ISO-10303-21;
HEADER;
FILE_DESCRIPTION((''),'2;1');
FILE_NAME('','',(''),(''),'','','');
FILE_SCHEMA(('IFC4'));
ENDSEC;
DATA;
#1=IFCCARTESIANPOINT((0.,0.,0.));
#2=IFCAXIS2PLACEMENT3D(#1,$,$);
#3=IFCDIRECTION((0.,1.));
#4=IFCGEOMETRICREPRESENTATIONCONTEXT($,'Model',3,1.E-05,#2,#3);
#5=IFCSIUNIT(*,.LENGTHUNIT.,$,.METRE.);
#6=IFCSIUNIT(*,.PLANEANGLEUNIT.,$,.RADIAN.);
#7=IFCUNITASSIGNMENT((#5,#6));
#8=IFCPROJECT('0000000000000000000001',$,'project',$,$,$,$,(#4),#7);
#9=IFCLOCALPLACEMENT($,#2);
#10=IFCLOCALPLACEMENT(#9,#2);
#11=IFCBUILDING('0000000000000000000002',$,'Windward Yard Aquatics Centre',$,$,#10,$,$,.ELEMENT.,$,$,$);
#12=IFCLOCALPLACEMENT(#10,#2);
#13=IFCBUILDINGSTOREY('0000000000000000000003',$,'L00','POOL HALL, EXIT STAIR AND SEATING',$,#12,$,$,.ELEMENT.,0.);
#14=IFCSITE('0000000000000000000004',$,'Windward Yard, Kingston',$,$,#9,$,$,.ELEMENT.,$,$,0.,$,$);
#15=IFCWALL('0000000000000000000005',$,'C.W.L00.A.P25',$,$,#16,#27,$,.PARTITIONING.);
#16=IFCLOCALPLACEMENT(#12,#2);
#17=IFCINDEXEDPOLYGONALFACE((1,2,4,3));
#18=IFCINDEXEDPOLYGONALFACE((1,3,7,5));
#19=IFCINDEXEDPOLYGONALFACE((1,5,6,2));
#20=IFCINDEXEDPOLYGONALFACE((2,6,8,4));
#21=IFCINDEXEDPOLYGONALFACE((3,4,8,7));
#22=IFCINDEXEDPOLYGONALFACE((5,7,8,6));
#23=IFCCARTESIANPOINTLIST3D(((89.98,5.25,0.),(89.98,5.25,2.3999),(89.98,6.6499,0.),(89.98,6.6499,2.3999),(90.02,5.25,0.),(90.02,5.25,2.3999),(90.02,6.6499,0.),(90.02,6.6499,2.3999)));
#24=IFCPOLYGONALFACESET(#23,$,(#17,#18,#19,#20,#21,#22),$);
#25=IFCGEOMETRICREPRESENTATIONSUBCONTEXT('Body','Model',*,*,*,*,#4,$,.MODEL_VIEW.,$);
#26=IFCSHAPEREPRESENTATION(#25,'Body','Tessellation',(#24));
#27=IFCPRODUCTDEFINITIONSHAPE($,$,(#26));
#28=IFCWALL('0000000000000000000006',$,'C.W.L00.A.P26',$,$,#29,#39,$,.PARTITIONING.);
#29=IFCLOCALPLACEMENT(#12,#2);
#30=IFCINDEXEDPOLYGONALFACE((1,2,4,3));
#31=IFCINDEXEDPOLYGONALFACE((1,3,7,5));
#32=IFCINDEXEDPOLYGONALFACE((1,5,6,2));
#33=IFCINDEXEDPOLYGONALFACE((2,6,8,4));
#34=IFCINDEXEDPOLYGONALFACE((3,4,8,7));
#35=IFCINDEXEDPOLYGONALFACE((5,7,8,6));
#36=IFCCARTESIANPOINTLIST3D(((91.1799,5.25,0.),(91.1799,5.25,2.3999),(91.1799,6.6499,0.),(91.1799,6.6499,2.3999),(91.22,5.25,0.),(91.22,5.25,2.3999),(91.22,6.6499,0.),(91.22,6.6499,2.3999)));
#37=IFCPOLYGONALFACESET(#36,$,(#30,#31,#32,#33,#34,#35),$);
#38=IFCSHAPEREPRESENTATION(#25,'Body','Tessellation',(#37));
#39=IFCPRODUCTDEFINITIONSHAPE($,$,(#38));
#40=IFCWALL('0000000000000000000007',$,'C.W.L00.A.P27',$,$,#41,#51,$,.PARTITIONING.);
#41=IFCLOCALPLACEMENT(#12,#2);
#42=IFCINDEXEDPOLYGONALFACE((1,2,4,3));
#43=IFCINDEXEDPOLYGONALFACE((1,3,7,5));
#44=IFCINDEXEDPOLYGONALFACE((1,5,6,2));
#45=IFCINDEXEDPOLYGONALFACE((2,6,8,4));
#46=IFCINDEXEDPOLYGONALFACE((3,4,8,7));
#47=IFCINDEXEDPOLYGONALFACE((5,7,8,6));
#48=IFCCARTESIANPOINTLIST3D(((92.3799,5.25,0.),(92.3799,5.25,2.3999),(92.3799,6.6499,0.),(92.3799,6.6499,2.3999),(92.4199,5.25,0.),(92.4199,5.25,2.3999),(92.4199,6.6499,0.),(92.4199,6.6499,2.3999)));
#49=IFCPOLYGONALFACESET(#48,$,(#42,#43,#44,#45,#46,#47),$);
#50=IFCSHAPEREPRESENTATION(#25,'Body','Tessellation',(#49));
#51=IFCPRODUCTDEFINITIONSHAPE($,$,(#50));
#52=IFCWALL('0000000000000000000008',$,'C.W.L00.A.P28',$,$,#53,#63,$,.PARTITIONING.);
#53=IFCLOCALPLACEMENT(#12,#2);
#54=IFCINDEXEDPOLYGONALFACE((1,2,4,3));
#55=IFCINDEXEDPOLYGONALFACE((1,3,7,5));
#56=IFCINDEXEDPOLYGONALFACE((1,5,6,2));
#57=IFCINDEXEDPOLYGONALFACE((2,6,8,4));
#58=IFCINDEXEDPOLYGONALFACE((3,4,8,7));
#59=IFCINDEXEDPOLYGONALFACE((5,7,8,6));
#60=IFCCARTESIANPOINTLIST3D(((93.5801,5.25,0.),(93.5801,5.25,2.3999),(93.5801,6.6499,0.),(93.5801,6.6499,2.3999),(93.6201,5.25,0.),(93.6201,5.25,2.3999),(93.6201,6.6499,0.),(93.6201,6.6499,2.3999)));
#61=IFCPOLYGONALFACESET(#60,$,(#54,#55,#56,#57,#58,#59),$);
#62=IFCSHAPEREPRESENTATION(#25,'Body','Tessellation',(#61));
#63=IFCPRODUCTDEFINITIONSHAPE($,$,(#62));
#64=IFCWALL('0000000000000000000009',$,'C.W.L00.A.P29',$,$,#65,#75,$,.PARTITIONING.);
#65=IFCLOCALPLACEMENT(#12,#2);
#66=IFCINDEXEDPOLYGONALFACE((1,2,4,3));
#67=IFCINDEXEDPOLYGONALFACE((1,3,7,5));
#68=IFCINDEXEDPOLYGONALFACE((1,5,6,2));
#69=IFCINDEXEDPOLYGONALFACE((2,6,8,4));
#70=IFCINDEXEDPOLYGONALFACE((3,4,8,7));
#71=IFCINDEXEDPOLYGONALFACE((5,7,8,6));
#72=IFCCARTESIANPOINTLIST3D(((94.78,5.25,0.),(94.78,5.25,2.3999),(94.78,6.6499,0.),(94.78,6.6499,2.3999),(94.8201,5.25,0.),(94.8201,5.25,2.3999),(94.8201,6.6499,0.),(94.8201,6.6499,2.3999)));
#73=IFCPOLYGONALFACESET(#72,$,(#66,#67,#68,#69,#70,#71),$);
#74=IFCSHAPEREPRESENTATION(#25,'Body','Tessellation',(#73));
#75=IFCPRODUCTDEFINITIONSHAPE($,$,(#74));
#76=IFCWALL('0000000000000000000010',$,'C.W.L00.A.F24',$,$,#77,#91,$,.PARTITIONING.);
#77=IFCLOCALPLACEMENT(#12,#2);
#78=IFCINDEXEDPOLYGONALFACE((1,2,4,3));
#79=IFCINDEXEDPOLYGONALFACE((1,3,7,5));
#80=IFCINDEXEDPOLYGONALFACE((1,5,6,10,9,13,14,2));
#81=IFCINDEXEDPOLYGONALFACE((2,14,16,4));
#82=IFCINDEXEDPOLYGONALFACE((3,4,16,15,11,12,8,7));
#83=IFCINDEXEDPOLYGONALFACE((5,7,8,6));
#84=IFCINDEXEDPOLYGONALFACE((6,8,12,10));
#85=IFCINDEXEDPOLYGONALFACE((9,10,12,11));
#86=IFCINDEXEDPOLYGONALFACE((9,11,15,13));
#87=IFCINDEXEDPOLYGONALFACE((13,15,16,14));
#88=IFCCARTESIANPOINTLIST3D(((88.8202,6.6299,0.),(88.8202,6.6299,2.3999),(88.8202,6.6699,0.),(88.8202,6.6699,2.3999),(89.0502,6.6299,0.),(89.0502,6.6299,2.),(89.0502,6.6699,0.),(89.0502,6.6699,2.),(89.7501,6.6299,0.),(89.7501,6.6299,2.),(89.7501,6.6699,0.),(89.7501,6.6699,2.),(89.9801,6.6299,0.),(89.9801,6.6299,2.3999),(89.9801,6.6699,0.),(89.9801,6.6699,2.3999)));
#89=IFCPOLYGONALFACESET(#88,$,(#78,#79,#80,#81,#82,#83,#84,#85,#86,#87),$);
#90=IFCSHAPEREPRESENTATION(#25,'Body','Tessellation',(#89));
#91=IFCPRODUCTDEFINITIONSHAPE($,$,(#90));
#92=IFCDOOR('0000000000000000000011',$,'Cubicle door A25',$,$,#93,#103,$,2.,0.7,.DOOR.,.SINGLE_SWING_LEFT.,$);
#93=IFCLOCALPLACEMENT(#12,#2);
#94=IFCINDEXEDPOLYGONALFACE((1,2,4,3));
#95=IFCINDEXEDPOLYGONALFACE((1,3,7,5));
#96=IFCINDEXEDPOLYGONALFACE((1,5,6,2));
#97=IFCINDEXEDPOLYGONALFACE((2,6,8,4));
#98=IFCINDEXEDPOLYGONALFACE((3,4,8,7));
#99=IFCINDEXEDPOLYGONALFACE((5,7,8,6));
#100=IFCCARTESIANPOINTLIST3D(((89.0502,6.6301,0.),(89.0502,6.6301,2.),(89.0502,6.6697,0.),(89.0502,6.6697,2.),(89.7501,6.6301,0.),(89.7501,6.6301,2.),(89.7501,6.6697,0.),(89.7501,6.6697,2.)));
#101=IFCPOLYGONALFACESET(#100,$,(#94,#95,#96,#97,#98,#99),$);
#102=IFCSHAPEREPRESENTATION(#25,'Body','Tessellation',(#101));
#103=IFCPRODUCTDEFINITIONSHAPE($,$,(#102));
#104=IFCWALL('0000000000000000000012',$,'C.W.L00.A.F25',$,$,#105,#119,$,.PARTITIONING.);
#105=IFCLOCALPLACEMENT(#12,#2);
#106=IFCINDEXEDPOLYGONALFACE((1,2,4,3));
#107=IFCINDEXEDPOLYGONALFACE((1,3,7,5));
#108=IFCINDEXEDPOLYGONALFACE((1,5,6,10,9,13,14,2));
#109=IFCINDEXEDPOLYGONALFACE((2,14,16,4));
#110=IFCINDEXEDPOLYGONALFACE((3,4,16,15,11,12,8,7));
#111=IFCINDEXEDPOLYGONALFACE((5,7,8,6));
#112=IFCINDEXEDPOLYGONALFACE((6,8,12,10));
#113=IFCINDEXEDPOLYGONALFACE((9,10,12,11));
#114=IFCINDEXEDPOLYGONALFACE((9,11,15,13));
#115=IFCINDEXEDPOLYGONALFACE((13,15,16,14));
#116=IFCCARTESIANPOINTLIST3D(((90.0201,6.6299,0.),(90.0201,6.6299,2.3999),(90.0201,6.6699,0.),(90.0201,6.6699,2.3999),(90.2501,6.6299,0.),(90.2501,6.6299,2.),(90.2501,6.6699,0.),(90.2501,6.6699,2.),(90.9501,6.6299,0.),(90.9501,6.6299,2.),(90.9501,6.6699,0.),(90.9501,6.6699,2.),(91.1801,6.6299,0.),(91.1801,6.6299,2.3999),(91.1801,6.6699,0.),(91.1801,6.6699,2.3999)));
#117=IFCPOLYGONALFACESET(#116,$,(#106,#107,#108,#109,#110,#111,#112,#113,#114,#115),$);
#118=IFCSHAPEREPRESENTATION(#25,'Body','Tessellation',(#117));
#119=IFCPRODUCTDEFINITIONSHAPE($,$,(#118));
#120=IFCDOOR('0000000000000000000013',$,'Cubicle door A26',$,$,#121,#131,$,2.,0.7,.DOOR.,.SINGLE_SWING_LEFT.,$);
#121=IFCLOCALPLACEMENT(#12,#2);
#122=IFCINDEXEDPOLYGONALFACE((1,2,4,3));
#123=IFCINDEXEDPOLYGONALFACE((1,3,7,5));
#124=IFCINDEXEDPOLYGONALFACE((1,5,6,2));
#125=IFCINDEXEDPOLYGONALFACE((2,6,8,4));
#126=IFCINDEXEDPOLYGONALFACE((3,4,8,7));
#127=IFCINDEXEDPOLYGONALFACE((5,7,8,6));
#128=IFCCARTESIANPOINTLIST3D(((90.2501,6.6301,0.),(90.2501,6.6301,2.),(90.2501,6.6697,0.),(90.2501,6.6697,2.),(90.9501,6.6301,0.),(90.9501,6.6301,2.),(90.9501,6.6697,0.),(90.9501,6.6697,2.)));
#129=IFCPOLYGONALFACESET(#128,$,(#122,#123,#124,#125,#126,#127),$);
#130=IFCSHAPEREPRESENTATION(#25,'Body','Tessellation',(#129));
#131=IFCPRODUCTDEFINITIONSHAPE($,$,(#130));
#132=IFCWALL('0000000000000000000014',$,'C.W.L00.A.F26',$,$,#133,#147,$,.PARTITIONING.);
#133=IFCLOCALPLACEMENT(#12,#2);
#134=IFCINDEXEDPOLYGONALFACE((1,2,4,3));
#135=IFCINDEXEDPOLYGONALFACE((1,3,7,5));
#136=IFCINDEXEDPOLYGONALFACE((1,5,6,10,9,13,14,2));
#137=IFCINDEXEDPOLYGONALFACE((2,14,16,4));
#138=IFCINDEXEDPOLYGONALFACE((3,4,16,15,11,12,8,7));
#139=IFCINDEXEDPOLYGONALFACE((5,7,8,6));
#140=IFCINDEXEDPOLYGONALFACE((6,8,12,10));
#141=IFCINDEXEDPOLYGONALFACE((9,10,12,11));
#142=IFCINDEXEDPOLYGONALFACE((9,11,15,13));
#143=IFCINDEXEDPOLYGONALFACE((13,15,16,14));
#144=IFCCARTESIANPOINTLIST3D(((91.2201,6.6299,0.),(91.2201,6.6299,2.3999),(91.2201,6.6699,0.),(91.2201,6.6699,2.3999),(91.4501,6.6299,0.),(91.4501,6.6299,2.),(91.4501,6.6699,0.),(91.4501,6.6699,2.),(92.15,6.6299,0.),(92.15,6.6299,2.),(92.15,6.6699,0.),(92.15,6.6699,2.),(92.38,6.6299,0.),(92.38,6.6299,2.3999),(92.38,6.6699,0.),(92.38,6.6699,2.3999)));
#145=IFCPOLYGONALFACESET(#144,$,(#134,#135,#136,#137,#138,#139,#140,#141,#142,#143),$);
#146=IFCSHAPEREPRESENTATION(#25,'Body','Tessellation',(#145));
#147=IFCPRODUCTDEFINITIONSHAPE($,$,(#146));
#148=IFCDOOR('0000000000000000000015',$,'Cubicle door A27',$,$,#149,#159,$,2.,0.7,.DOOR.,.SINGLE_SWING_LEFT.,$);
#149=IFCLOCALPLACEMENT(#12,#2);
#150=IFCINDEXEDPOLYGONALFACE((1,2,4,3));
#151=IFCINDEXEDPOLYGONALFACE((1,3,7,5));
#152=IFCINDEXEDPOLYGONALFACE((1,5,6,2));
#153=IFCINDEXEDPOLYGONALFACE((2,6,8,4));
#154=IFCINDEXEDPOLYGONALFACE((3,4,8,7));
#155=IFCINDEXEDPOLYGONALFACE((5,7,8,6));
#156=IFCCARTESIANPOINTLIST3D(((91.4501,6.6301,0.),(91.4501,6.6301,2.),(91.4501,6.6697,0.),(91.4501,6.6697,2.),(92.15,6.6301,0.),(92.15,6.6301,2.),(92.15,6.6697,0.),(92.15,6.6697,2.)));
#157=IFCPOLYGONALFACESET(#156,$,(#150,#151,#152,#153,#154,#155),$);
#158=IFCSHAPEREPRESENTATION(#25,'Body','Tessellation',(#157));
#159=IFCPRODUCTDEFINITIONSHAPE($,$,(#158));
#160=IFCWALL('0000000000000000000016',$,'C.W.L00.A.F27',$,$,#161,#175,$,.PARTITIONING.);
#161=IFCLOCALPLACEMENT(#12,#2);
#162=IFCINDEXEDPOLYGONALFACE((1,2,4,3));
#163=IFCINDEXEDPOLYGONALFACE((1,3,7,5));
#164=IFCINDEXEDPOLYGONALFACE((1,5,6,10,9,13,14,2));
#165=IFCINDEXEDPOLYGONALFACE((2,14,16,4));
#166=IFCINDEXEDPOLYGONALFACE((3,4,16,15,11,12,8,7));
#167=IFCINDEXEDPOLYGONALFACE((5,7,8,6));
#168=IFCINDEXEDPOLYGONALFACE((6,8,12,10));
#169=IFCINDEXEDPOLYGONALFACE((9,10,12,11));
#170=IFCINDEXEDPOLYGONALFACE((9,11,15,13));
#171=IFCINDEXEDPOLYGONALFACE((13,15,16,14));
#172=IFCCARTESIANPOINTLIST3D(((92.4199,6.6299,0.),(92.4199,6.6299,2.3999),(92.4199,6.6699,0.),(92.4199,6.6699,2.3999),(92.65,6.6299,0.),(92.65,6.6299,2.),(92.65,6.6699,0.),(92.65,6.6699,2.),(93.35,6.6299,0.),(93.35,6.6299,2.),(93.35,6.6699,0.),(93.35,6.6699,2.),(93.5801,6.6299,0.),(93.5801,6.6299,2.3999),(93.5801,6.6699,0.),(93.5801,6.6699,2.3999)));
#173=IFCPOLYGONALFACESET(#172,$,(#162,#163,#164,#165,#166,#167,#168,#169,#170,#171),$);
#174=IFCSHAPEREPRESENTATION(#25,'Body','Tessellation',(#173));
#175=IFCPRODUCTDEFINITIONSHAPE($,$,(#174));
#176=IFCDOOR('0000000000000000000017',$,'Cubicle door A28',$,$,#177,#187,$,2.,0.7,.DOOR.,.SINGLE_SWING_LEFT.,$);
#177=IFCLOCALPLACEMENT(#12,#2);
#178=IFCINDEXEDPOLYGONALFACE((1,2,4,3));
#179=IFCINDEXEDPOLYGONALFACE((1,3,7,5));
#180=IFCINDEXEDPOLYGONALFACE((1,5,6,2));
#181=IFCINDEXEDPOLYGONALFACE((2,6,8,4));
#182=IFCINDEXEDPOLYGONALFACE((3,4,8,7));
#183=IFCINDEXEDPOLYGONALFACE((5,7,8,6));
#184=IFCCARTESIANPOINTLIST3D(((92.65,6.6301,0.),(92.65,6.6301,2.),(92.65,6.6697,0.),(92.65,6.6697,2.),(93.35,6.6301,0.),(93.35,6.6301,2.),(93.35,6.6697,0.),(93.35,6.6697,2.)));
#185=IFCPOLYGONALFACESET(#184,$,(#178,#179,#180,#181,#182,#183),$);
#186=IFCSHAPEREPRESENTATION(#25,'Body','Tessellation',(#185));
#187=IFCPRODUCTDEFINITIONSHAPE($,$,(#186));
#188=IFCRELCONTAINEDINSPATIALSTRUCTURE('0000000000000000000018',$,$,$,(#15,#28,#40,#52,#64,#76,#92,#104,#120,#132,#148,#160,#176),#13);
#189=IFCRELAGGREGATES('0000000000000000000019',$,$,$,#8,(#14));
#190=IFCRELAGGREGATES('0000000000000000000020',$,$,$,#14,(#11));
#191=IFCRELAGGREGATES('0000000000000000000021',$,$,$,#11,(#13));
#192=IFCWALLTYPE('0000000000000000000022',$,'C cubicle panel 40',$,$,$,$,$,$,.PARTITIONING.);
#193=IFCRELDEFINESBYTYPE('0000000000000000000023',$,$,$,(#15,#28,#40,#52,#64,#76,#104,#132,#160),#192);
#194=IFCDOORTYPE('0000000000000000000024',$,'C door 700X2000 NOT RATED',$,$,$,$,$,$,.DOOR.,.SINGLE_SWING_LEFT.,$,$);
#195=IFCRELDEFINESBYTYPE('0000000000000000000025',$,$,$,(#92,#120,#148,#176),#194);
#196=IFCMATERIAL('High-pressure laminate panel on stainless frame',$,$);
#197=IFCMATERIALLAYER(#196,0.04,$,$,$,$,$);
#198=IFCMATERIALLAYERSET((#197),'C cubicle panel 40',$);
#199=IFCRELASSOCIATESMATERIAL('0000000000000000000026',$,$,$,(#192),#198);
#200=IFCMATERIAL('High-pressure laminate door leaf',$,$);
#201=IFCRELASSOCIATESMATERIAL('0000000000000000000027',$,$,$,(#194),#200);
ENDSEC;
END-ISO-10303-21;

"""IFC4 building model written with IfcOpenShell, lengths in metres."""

from ifc_helpers import new_model, si_unit, direction, frame, frame_2d, origin, place, context, subcontext, project, spatial, rectangle, extrude, material, layer, layer_set, type_object, element, fill, save


model = new_model("IFC4")

# Units and contexts
model_context = context("Model", 3, precision=1e-05, world=origin(), true_north=direction((0.0, 1.0)))
body_context = subcontext(model_context, "Body", "Model", "MODEL_VIEW")
ifc_project = project(units=[si_unit("LENGTHUNIT", "METRE"), si_unit("PLANEANGLEUNIT", "RADIAN")], contexts=[model_context])

# Site, building, storey
site_placement = place(None, origin())
site = spatial("IfcSite", under=ifc_project, at=site_placement, Name="Windward Yard, Kingston", CompositionType="ELEMENT", RefElevation=0.0)
building_placement = place(site_placement, origin())
building = spatial("IfcBuilding", under=site, at=building_placement, Name="Windward Yard Aquatics Centre", CompositionType="ELEMENT")
storey_placement = place(building_placement, origin())
storey = spatial("IfcBuildingStorey", under=building, at=storey_placement, Name="L00", Description="POOL HALL, EXIT STAIR AND SEATING", CompositionType="ELEMENT", Elevation=0.0)

# Walls
ifc_material_1 = material(Name="High-pressure laminate panel on stainless frame")
ifc_layer = layer(ifc_material_1, 0.04)
ifc_layer_set = layer_set([ifc_layer], Name="C cubicle panel 40")
wall_type = type_object("IfcWallType", Name="C cubicle panel 40", PredefinedType="PARTITIONING", material=ifc_layer_set)
for number, where, z_axis, x_axis, name in (
    (1, (90.0, 5.25, 0.0), (0.0, 0.0, 1.0), (0.0, 1.0, 0.0), "C.W.L00.A.P25"),
    (2, (91.2, 5.25, 0.0), (0.0, 0.0, 1.0), (0.0, 1.0, 0.0), "C.W.L00.A.P26"),
    (3, (92.3999, 5.25, 0.0), (0.0, 0.0, 1.0), (0.0, 1.0, 0.0), "C.W.L00.A.P27"),
    (4, (93.6001, 5.25, 0.0), (0.0, 0.0, 1.0), (0.0, 1.0, 0.0), "C.W.L00.A.P28"),
    (5, (94.8, 5.25, 0.0), (0.0, 0.0, 1.0), (0.0, 1.0, 0.0), "C.W.L00.A.P29"),
):
    element("IfcWall", number, at=place(storey_placement, frame(where, z_axis=z_axis, x_axis=x_axis)), inside=storey, type_object=wall_type, Name=name, PredefinedType="PARTITIONING", context=body_context, shape_type="SweptSolid", body=[
        extrude(rectangle(XDim=1.3999, YDim=0.04, at=frame_2d((0.7, 0.0))), origin(), (0.0, 0.0, 1.0), 2.3999),
    ])

# Walls, openings, doors
wall_1_placement = place(storey_placement, frame((88.8201, 6.6499, 0.0), z_axis=(0.0, 0.0, 1.0), x_axis=(1.0, 0.0, 0.0)))
wall_1 = element("IfcWall", 6, at=wall_1_placement, inside=storey, type_object=wall_type, Name="C.W.L00.A.F24", PredefinedType="PARTITIONING", context=body_context, shape_type="SweptSolid", body=[
    extrude(rectangle(XDim=1.1599, YDim=0.04, at=frame_2d((0.5801, 0.0))), origin(), (0.0, 0.0, 1.0), 2.3999),
])
opening_1_placement = place(wall_1_placement, frame((0.23, 0.0, 0.0)))
opening_1 = element("IfcOpeningElement", 7, at=opening_1_placement, cuts=wall_1, PredefinedType="OPENING", context=body_context, shape_type="SweptSolid", body=[
    extrude(rectangle(XDim=0.7, YDim=2.0, at=frame_2d((0.3501, 1.0))), frame((0.0, 0.03, 0.0), z_axis=(0.0, -1.0, 0.0), x_axis=(1.0, 0.0, 0.0)), (0.0, 0.0, 1.0), 0.0601),
])
ifc_material_2 = material(Name="High-pressure laminate door leaf")
door_type = type_object("IfcDoorType", Name="C door 700X2000 NOT RATED", OperationType="SINGLE_SWING_LEFT", PredefinedType="DOOR", material=ifc_material_2)
door_1_placement = place(opening_1_placement, origin())
door_1 = element("IfcDoor", 8, at=door_1_placement, inside=storey, type_object=door_type, Name="Cubicle door A25", OperationType="SINGLE_SWING_LEFT", OverallHeight=2.0, OverallWidth=0.7, PredefinedType="DOOR", context=body_context, shape_type="SweptSolid", body=[
    extrude(rectangle(XDim=0.7, YDim=2.0, at=frame_2d((0.3501, 1.0))), frame((0.0, 0.0198, 0.0), z_axis=(0.0, -1.0, 0.0), x_axis=(1.0, 0.0, 0.0)), (0.0, 0.0, 1.0), 0.0396),
])
fill(opening_1, door_1)
wall_2_placement = place(storey_placement, frame((90.02, 6.6499, 0.0), z_axis=(0.0, 0.0, 1.0), x_axis=(1.0, 0.0, 0.0)))
wall_2 = element("IfcWall", 9, at=wall_2_placement, inside=storey, type_object=wall_type, Name="C.W.L00.A.F25", PredefinedType="PARTITIONING", context=body_context, shape_type="SweptSolid", body=[
    extrude(rectangle(XDim=1.1599, YDim=0.04, at=frame_2d((0.5801, 0.0))), origin(), (0.0, 0.0, 1.0), 2.3999),
])
opening_2_placement = place(wall_2_placement, frame((0.23, 0.0, 0.0)))
opening_2 = element("IfcOpeningElement", 10, at=opening_2_placement, cuts=wall_2, PredefinedType="OPENING", context=body_context, shape_type="SweptSolid", body=[
    extrude(rectangle(XDim=0.7, YDim=2.0, at=frame_2d((0.3501, 1.0))), frame((0.0, 0.03, 0.0), z_axis=(0.0, -1.0, 0.0), x_axis=(1.0, 0.0, 0.0)), (0.0, 0.0, 1.0), 0.0601),
])
door_2_placement = place(opening_2_placement, origin())
door_2 = element("IfcDoor", 11, at=door_2_placement, inside=storey, type_object=door_type, Name="Cubicle door A26", OperationType="SINGLE_SWING_LEFT", OverallHeight=2.0, OverallWidth=0.7, PredefinedType="DOOR", context=body_context, shape_type="SweptSolid", body=[
    extrude(rectangle(XDim=0.7, YDim=2.0, at=frame_2d((0.3501, 1.0))), frame((0.0, 0.0198, 0.0), z_axis=(0.0, -1.0, 0.0), x_axis=(1.0, 0.0, 0.0)), (0.0, 0.0, 1.0), 0.0396),
])
fill(opening_2, door_2)
wall_3_placement = place(storey_placement, frame((91.22, 6.6499, 0.0), z_axis=(0.0, 0.0, 1.0), x_axis=(1.0, 0.0, 0.0)))
wall_3 = element("IfcWall", 12, at=wall_3_placement, inside=storey, type_object=wall_type, Name="C.W.L00.A.F26", PredefinedType="PARTITIONING", context=body_context, shape_type="SweptSolid", body=[
    extrude(rectangle(XDim=1.1599, YDim=0.04, at=frame_2d((0.5801, 0.0))), origin(), (0.0, 0.0, 1.0), 2.3999),
])
opening_3_placement = place(wall_3_placement, frame((0.23, 0.0, 0.0)))
opening_3 = element("IfcOpeningElement", 13, at=opening_3_placement, cuts=wall_3, PredefinedType="OPENING", context=body_context, shape_type="SweptSolid", body=[
    extrude(rectangle(XDim=0.7, YDim=2.0, at=frame_2d((0.3501, 1.0))), frame((0.0, 0.03, 0.0), z_axis=(0.0, -1.0, 0.0), x_axis=(1.0, 0.0, 0.0)), (0.0, 0.0, 1.0), 0.0601),
])
door_3_placement = place(opening_3_placement, origin())
door_3 = element("IfcDoor", 14, at=door_3_placement, inside=storey, type_object=door_type, Name="Cubicle door A27", OperationType="SINGLE_SWING_LEFT", OverallHeight=2.0, OverallWidth=0.7, PredefinedType="DOOR", context=body_context, shape_type="SweptSolid", body=[
    extrude(rectangle(XDim=0.7, YDim=2.0, at=frame_2d((0.3501, 1.0))), frame((0.0, 0.0198, 0.0), z_axis=(0.0, -1.0, 0.0), x_axis=(1.0, 0.0, 0.0)), (0.0, 0.0, 1.0), 0.0396),
])
fill(opening_3, door_3)
wall_4_placement = place(storey_placement, frame((92.4199, 6.6499, 0.0), z_axis=(0.0, 0.0, 1.0), x_axis=(1.0, 0.0, 0.0)))
wall_4 = element("IfcWall", 15, at=wall_4_placement, inside=storey, type_object=wall_type, Name="C.W.L00.A.F27", PredefinedType="PARTITIONING", context=body_context, shape_type="SweptSolid", body=[
    extrude(rectangle(XDim=1.1602, YDim=0.04, at=frame_2d((0.5801, 0.0))), origin(), (0.0, 0.0, 1.0), 2.3999),
])
opening_4_placement = place(wall_4_placement, frame((0.23, 0.0, 0.0)))
opening_4 = element("IfcOpeningElement", 16, at=opening_4_placement, cuts=wall_4, PredefinedType="OPENING", context=body_context, shape_type="SweptSolid", body=[
    extrude(rectangle(XDim=0.7, YDim=2.0, at=frame_2d((0.3501, 1.0))), frame((0.0, 0.03, 0.0), z_axis=(0.0, -1.0, 0.0), x_axis=(1.0, 0.0, 0.0)), (0.0, 0.0, 1.0), 0.0601),
])
door_4_placement = place(opening_4_placement, origin())
door_4 = element("IfcDoor", 17, at=door_4_placement, inside=storey, type_object=door_type, Name="Cubicle door A28", OperationType="SINGLE_SWING_LEFT", OverallHeight=2.0, OverallWidth=0.7, PredefinedType="DOOR", context=body_context, shape_type="SweptSolid", body=[
    extrude(rectangle(XDim=0.7, YDim=2.0, at=frame_2d((0.3501, 1.0))), frame((0.0, 0.0198, 0.0), z_axis=(0.0, -1.0, 0.0), x_axis=(1.0, 0.0, 0.0)), (0.0, 0.0, 1.0), 0.0396),
])
fill(opening_4, door_4)

save(model, "model.ifc")
